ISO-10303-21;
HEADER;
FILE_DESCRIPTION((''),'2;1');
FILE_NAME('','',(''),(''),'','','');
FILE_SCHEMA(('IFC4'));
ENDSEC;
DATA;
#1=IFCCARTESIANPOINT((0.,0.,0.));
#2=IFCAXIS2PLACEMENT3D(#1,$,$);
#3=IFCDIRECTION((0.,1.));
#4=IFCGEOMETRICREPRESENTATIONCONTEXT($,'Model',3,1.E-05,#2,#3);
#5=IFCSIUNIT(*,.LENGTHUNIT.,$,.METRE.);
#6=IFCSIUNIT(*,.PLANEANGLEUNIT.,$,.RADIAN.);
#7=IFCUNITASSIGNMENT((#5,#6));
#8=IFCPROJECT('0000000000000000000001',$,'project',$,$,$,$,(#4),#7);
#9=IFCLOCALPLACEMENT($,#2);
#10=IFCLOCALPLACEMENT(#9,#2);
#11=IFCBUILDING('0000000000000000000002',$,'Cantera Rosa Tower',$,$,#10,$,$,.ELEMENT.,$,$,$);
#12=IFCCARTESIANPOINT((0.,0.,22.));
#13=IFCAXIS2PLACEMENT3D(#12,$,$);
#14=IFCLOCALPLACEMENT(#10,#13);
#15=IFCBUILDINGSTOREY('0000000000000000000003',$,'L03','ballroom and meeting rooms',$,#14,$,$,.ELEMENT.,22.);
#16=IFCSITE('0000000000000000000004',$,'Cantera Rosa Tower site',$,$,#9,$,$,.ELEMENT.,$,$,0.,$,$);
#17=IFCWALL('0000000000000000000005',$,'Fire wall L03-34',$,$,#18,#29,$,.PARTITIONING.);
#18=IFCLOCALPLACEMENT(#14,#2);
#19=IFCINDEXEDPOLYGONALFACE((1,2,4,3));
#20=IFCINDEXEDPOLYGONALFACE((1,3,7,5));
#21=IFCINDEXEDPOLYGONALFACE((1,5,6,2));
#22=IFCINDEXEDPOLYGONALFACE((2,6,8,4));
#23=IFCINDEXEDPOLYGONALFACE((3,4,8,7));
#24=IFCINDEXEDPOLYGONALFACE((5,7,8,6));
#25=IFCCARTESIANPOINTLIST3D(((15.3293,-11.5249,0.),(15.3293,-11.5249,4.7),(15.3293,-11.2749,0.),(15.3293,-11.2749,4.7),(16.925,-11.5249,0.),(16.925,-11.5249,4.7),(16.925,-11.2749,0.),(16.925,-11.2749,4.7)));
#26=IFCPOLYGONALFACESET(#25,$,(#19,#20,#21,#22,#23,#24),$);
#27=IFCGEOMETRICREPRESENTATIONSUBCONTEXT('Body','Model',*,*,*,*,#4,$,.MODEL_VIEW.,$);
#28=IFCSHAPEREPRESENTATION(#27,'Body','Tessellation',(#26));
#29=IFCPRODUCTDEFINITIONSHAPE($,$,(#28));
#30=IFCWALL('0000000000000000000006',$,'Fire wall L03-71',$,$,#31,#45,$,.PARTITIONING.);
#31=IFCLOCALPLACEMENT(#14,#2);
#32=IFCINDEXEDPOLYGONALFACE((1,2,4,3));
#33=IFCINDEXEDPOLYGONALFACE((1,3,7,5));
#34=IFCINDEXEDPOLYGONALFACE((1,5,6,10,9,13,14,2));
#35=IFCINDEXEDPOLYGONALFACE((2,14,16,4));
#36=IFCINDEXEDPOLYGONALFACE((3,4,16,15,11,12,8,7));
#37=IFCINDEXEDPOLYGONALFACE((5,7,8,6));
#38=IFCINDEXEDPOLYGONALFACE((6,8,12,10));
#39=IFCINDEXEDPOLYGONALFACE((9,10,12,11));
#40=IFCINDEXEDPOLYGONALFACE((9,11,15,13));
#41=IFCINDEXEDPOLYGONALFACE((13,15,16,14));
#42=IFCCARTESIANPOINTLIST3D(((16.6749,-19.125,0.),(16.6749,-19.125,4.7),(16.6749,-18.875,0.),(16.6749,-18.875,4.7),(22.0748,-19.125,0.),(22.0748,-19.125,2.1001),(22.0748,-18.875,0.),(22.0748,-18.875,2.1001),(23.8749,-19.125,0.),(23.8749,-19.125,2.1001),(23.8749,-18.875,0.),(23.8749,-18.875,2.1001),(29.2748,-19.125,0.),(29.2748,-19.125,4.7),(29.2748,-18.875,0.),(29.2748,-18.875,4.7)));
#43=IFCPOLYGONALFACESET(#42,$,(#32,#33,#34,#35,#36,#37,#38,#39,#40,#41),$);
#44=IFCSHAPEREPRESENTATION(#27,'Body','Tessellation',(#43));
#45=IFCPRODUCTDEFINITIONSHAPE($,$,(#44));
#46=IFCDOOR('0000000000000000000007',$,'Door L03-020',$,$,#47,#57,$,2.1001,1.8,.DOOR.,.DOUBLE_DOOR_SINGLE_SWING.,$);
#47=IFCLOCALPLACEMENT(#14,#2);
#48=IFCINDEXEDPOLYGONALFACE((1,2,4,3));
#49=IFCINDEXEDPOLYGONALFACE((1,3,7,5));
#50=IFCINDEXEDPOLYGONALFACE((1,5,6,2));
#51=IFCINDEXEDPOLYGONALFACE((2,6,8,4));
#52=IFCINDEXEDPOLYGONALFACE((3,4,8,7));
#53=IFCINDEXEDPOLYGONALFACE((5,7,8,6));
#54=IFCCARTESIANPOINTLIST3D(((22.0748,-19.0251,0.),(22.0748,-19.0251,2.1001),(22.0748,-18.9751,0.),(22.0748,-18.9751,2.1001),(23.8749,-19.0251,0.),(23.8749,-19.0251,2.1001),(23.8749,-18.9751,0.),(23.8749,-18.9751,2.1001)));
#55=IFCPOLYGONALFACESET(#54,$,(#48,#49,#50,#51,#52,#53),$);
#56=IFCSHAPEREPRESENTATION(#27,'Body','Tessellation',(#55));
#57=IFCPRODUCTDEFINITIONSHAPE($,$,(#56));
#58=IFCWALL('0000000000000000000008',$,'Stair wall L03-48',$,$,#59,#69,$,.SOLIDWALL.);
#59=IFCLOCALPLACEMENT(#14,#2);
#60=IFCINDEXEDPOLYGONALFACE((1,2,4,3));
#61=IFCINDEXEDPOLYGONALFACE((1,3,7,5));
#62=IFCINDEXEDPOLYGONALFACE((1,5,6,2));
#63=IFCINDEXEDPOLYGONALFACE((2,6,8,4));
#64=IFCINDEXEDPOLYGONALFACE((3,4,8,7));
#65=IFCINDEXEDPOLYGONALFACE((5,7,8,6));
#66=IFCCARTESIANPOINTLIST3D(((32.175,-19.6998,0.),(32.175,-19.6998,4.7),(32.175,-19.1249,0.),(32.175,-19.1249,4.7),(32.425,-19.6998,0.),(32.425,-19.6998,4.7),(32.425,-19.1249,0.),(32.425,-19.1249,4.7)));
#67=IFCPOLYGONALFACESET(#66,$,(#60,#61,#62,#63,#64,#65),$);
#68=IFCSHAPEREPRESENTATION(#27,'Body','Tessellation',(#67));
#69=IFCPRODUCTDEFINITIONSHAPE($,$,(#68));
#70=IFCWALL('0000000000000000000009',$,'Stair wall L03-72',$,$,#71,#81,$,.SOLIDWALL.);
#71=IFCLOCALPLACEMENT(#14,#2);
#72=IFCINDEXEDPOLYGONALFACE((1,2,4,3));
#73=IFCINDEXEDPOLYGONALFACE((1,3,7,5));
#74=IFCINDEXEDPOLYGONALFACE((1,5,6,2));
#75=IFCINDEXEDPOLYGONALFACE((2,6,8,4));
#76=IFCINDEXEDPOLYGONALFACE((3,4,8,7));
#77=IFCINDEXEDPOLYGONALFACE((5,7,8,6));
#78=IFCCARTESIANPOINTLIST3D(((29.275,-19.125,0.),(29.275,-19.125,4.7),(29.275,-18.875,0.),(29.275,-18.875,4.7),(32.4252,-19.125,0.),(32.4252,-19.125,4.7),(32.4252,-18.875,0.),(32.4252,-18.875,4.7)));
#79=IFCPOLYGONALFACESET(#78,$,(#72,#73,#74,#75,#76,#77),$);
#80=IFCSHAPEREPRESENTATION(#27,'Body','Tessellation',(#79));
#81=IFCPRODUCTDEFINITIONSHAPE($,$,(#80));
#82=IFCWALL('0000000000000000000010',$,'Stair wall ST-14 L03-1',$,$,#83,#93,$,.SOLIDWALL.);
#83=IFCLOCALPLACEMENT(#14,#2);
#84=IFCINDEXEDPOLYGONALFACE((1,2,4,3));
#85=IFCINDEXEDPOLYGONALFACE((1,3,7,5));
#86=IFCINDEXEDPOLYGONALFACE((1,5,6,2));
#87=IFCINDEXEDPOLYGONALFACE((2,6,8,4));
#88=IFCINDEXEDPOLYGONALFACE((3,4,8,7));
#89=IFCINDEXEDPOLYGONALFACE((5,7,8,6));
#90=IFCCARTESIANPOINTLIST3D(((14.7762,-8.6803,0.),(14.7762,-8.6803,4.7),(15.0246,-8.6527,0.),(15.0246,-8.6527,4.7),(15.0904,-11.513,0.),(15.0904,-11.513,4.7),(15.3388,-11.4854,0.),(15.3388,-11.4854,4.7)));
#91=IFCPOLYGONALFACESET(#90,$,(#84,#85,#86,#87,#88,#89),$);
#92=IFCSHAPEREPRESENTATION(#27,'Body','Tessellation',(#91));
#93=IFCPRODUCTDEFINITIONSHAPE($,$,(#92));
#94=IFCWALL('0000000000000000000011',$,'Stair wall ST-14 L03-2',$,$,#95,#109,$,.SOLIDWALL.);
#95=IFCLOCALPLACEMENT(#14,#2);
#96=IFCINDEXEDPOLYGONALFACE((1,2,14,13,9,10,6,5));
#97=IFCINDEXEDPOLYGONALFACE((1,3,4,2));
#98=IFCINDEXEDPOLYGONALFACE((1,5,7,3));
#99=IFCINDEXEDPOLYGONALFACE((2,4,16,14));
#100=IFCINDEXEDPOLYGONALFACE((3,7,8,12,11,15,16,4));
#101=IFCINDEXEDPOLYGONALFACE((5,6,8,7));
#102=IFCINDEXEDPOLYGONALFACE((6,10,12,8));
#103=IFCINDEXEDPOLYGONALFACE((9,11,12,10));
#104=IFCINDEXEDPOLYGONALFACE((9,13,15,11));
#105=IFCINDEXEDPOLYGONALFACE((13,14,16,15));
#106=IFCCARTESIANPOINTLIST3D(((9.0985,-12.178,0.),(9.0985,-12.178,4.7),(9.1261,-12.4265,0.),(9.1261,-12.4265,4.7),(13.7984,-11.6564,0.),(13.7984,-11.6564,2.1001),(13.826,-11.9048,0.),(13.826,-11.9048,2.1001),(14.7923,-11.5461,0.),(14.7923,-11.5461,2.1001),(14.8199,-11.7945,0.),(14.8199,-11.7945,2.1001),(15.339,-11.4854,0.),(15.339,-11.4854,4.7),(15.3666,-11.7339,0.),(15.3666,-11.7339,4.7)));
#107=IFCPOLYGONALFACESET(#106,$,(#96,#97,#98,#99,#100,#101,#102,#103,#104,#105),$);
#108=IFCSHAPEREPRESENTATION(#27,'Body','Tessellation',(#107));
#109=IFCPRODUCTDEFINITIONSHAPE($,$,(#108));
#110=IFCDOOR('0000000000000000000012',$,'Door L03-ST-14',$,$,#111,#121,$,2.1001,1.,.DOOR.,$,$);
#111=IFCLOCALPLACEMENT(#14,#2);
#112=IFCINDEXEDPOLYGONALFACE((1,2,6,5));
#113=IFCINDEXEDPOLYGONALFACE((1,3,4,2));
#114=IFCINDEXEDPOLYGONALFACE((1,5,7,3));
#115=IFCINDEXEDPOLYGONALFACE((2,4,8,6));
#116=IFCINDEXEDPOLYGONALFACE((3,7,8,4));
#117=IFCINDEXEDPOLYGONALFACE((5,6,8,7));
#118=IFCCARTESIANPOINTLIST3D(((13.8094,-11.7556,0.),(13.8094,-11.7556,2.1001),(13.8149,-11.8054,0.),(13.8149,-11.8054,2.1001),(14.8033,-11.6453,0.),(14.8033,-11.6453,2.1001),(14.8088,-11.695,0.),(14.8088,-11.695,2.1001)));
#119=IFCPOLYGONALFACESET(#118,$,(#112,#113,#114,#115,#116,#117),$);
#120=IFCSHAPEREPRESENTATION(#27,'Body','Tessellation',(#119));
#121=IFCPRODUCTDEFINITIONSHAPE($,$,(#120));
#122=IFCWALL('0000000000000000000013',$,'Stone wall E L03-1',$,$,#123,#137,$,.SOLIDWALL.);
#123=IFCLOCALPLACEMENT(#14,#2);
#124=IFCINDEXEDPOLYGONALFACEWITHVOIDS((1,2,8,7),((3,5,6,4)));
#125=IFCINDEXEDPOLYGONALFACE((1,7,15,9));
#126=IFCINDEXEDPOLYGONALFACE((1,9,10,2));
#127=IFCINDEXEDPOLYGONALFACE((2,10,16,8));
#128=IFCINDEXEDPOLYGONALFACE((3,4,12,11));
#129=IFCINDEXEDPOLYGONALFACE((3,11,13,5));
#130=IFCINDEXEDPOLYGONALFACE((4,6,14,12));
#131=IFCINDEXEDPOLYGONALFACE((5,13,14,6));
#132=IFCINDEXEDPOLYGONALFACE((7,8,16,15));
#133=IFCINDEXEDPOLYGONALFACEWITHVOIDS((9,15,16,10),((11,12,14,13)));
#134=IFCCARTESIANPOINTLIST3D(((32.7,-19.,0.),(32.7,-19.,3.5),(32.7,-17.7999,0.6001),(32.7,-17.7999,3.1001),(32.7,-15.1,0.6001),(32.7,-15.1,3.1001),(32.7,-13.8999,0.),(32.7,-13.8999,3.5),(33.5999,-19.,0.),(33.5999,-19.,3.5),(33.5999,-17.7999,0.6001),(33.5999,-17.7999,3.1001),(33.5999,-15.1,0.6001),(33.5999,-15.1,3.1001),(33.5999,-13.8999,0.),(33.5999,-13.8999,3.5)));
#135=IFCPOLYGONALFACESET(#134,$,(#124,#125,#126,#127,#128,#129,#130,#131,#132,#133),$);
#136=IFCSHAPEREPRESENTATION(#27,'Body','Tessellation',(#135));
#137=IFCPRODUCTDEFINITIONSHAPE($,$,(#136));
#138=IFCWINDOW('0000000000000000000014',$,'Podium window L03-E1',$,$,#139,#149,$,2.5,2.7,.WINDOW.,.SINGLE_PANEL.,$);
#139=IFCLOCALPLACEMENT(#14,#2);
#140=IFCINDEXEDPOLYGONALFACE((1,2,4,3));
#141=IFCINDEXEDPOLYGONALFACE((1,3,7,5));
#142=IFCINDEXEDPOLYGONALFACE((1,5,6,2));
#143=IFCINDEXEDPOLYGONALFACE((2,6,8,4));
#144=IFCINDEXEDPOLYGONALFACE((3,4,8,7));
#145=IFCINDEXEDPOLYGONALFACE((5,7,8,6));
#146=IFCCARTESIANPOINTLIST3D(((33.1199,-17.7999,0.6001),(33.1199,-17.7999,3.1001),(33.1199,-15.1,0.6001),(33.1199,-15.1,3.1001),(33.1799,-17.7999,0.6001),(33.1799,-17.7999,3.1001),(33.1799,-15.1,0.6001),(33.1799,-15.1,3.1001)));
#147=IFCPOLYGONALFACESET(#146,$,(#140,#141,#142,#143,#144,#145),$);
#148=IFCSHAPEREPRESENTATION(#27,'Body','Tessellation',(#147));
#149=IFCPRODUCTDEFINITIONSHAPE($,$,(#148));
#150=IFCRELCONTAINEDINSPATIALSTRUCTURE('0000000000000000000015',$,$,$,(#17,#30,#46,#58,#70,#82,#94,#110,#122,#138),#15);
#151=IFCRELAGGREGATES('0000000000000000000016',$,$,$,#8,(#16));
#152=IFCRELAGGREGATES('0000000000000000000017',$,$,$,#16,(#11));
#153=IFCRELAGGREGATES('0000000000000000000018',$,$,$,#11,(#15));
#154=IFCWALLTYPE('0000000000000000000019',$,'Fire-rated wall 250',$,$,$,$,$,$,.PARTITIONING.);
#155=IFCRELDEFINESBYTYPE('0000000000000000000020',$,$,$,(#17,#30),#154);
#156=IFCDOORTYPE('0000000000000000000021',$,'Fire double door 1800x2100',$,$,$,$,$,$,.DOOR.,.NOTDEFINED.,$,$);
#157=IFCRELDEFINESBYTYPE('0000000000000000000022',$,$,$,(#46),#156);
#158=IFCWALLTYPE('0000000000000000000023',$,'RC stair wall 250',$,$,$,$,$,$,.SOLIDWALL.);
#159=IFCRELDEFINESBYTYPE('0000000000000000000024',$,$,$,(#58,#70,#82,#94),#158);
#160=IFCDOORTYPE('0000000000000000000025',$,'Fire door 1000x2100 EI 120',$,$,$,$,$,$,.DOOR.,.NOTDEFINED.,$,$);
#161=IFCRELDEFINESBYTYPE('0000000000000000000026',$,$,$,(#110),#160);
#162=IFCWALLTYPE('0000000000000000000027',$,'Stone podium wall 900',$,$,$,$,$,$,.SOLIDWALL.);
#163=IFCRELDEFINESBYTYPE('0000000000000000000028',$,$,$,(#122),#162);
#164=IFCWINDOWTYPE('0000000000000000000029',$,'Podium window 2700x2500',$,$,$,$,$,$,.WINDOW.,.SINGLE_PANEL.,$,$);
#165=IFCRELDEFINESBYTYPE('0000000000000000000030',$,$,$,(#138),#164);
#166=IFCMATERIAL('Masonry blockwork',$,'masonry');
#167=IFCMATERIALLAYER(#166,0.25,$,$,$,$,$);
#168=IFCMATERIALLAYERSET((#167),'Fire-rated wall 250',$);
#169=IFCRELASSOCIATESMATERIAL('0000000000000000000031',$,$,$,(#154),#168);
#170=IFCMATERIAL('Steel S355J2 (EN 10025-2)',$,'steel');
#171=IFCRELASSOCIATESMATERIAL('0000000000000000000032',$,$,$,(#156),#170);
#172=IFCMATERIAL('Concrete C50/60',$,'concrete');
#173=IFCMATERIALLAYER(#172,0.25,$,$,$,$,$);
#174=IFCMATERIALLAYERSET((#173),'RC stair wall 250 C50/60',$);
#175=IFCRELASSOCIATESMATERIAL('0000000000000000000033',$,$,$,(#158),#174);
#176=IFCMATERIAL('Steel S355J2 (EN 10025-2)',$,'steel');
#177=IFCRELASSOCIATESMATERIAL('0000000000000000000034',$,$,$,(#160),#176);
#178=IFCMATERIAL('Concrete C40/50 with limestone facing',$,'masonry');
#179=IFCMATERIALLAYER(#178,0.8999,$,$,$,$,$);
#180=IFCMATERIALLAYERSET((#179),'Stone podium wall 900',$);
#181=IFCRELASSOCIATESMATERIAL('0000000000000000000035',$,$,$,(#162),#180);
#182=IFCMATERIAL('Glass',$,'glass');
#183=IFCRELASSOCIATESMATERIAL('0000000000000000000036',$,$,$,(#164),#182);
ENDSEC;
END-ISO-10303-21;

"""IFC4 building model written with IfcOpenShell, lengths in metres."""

from ifc_helpers import new_model, si_unit, direction, frame, frame_2d, origin, place, context, subcontext, project, spatial, rectangle, extrude, material, layer, layer_set, type_object, element, fill, save


model = new_model("IFC4")

# Units and contexts
model_context = context("Model", 3, precision=1e-05, world=origin(), true_north=direction((0.0, 1.0)))
body_context = subcontext(model_context, "Body", "Model", "MODEL_VIEW")
ifc_project = project(units=[si_unit("LENGTHUNIT", "METRE"), si_unit("PLANEANGLEUNIT", "RADIAN")], contexts=[model_context])

# Site, building, storey
site_placement = place(None, origin())
site = spatial("IfcSite", under=ifc_project, at=site_placement, Name="Cantera Rosa Tower site", CompositionType="ELEMENT", RefElevation=0.0)
building_placement = place(site_placement, origin())
building = spatial("IfcBuilding", under=site, at=building_placement, Name="Cantera Rosa Tower", CompositionType="ELEMENT")
storey_placement = place(building_placement, frame((0.0, 0.0, 22.0)))
storey = spatial("IfcBuildingStorey", under=building, at=storey_placement, Name="L03", Description="ballroom and meeting rooms", CompositionType="ELEMENT", Elevation=22.0)

# Wall
ifc_material_1 = material(Name="Masonry blockwork", Category="masonry")
ifc_layer_1 = layer(ifc_material_1, 0.25)
ifc_layer_set_1 = layer_set([ifc_layer_1], Name="Fire-rated wall 250")
wall_type_1 = type_object("IfcWallType", Name="Fire-rated wall 250", PredefinedType="PARTITIONING", material=ifc_layer_set_1)
wall_1_placement = place(storey_placement, frame((15.3293, -11.3999, 0.0), z_axis=(0.0, 0.0, 1.0), x_axis=(1.0, 0.0, 0.0)))
element("IfcWall", 1, at=wall_1_placement, inside=storey, type_object=wall_type_1, Name="Fire wall L03-34", PredefinedType="PARTITIONING", context=body_context, shape_type="SweptSolid", body=[
    extrude(rectangle(XDim=1.5957, YDim=0.25, at=frame_2d((0.7979, 0.0))), origin(), (0.0, 0.0, 1.0), 4.7),
])

# Wall, opening, door
wall_2_placement = place(storey_placement, frame((16.675, -19.0, 0.0), z_axis=(0.0, 0.0, 1.0), x_axis=(1.0, 0.0, 0.0)))
wall_2 = element("IfcWall", 2, at=wall_2_placement, inside=storey, type_object=wall_type_1, Name="Fire wall L03-71", PredefinedType="PARTITIONING", context=body_context, shape_type="SweptSolid", body=[
    extrude(rectangle(XDim=12.5999, YDim=0.25, at=frame_2d((6.2998, 0.0))), origin(), (0.0, 0.0, 1.0), 4.7),
])
opening_1_placement = place(wall_2_placement, frame((5.3999, 0.0, 0.0)))
opening_1 = element("IfcOpeningElement", 3, at=opening_1_placement, cuts=wall_2, PredefinedType="OPENING", context=body_context, shape_type="SweptSolid", body=[
    extrude(rectangle(XDim=1.8, YDim=2.1001, at=frame_2d((0.8999, 1.05))), frame((0.0, 0.135, 0.0), z_axis=(0.0, -1.0, 0.0), x_axis=(1.0, 0.0, 0.0)), (0.0, 0.0, 1.0), 0.27),
])
ifc_material_2 = material(Name="Steel S355J2 (EN 10025-2)", Category="steel")
door_type_1 = type_object("IfcDoorType", Name="Fire double door 1800x2100", OperationType="NOTDEFINED", PredefinedType="DOOR", material=ifc_material_2)
door_1_placement = place(opening_1_placement, origin())
door_1 = element("IfcDoor", 4, at=door_1_placement, inside=storey, type_object=door_type_1, Name="Door L03-020", OperationType="DOUBLE_DOOR_SINGLE_SWING", OverallHeight=2.1001, OverallWidth=1.8, PredefinedType="DOOR", context=body_context, shape_type="SweptSolid", body=[
    extrude(rectangle(XDim=1.8, YDim=2.1001, at=frame_2d((0.8999, 1.05))), frame((0.0, 0.0249, 0.0), z_axis=(0.0, -1.0, 0.0), x_axis=(1.0, 0.0, 0.0)), (0.0, 0.0, 1.0), 0.05),
])
fill(opening_1, door_1)

# Walls
ifc_material_3 = material(Name="Concrete C50/60", Category="concrete")
ifc_layer_2 = layer(ifc_material_3, 0.25)
ifc_layer_set_2 = layer_set([ifc_layer_2], Name="RC stair wall 250 C50/60")
wall_type_2 = type_object("IfcWallType", Name="RC stair wall 250", PredefinedType="SOLIDWALL", material=ifc_layer_set_2)
wall_3_placement = place(storey_placement, frame((32.3, -19.7, 0.0), z_axis=(0.0, 0.0, 1.0), x_axis=(0.0, 1.0, 0.0)))
element("IfcWall", 5, at=wall_3_placement, inside=storey, type_object=wall_type_2, Name="Stair wall L03-48", PredefinedType="SOLIDWALL", context=body_context, shape_type="SweptSolid", body=[
    extrude(rectangle(XDim=0.575, YDim=0.25, at=frame_2d((0.2876, 0.0))), origin(), (0.0, 0.0, 1.0), 4.7),
])
wall_4_placement = place(storey_placement, frame((29.2749, -19.0, 0.0), z_axis=(0.0, 0.0, 1.0), x_axis=(1.0, 0.0, 0.0)))
element("IfcWall", 6, at=wall_4_placement, inside=storey, type_object=wall_type_2, Name="Stair wall L03-72", PredefinedType="SOLIDWALL", context=body_context, shape_type="SweptSolid", body=[
    extrude(rectangle(XDim=3.1501, YDim=0.25, at=frame_2d((1.5752, 0.0))), origin(), (0.0, 0.0, 1.0), 4.7),
])
wall_5_placement = place(storey_placement, frame((14.9004, -8.6665, 0.0), z_axis=(0.0, 0.0, 1.0), x_axis=(0.110243, -0.993905, 0.0)))
element("IfcWall", 7, at=wall_5_placement, inside=storey, type_object=wall_type_2, Name="Stair wall ST-14 L03-1", PredefinedType="SOLIDWALL", context=body_context, shape_type="SweptSolid", body=[
    extrude(rectangle(XDim=2.8501, YDim=0.25, at=frame_2d((1.425, 0.0))), origin(), (0.0, 0.0, 1.0), 4.7),
])

# Wall, opening, door
wall_6_placement = place(storey_placement, frame((15.3528, -11.6096, 0.0), z_axis=(0.0, 0.0, 1.0), x_axis=(-0.993897, -0.110312, 0.0)))
wall_6 = element("IfcWall", 8, at=wall_6_placement, inside=storey, type_object=wall_type_2, Name="Stair wall ST-14 L03-2", PredefinedType="SOLIDWALL", context=body_context, shape_type="SweptSolid", body=[
    extrude(rectangle(XDim=6.2788, YDim=0.25, at=frame_2d((3.1394, 0.0))), origin(), (0.0, 0.0, 1.0), 4.7),
])
opening_2_placement = place(wall_6_placement, frame((0.55, 0.0, 0.0)))
opening_2 = element("IfcOpeningElement", 9, at=opening_2_placement, cuts=wall_6, PredefinedType="OPENING", context=body_context, shape_type="SweptSolid", body=[
    extrude(rectangle(XDim=1.0, YDim=2.1001, at=frame_2d((0.5, 1.05))), frame((0.0, 0.135, 0.0), z_axis=(0.0, -1.0, 0.0), x_axis=(1.0, 0.0, 0.0)), (0.0, 0.0, 1.0), 0.27),
])
ifc_material_4 = material(Name="Steel S355J2 (EN 10025-2)", Category="steel")
door_type_2 = type_object("IfcDoorType", Name="Fire door 1000x2100 EI 120", OperationType="NOTDEFINED", PredefinedType="DOOR", material=ifc_material_4)
door_2_placement = place(opening_2_placement, origin())
door_2 = element("IfcDoor", 10, at=door_2_placement, inside=storey, type_object=door_type_2, Name="Door L03-ST-14", OverallHeight=2.1001, OverallWidth=1.0, PredefinedType="DOOR", context=body_context, shape_type="SweptSolid", body=[
    extrude(rectangle(XDim=1.0, YDim=2.1001, at=frame_2d((0.5, 1.05))), frame((0.0, 0.0249, 0.0), z_axis=(0.0, -1.0, 0.0), x_axis=(1.0, 0.0, 0.0)), (0.0, 0.0, 1.0), 0.05),
])
fill(opening_2, door_2)

# Wall, opening, window
ifc_material_5 = material(Name="Concrete C40/50 with limestone facing", Category="masonry")
ifc_layer_3 = layer(ifc_material_5, 0.8999)
ifc_layer_set_3 = layer_set([ifc_layer_3], Name="Stone podium wall 900")
wall_type_3 = type_object("IfcWallType", Name="Stone podium wall 900", PredefinedType="SOLIDWALL", material=ifc_layer_set_3)
wall_7_placement = place(storey_placement, frame((33.1499, -19.0, 0.0), z_axis=(0.0, 0.0, 1.0), x_axis=(0.0, 1.0, 0.0)))
wall_7 = element("IfcWall", 11, at=wall_7_placement, inside=storey, type_object=wall_type_3, Name="Stone wall E L03-1", PredefinedType="SOLIDWALL", context=body_context, shape_type="SweptSolid", body=[
    extrude(rectangle(XDim=5.1001, YDim=0.8999, at=frame_2d((2.55, 0.0))), origin(), (0.0, 0.0, 1.0), 3.5),
])
opening_3_placement = place(wall_7_placement, frame((1.2, 0.0, 0.6001)))
opening_3 = element("IfcOpeningElement", 12, at=opening_3_placement, cuts=wall_7, PredefinedType="OPENING", context=body_context, shape_type="SweptSolid", body=[
    extrude(rectangle(XDim=2.7, YDim=2.5, at=frame_2d((1.3501, 1.25))), frame((0.0, 0.46, 0.0), z_axis=(0.0, -1.0, 0.0), x_axis=(1.0, 0.0, 0.0)), (0.0, 0.0, 1.0), 0.9199),
])
ifc_material_6 = material(Name="Glass", Category="glass")
window_type_1 = type_object("IfcWindowType", Name="Podium window 2700x2500", PartitioningType="SINGLE_PANEL", PredefinedType="WINDOW", material=ifc_material_6)
window_1_placement = place(opening_3_placement, origin())
window_1 = element("IfcWindow", 13, at=window_1_placement, inside=storey, type_object=window_type_1, Name="Podium window L03-E1", OverallHeight=2.5, OverallWidth=2.7, PartitioningType="SINGLE_PANEL", PredefinedType="WINDOW", context=body_context, shape_type="SweptSolid", body=[
    extrude(rectangle(XDim=2.7, YDim=2.5, at=frame_2d((1.3501, 1.25))), frame((0.0, 0.03, 0.0), z_axis=(0.0, -1.0, 0.0), x_axis=(1.0, 0.0, 0.0)), (0.0, 0.0, 1.0), 0.0601),
])
fill(opening_3, window_1)

save(model, "model.ifc")
